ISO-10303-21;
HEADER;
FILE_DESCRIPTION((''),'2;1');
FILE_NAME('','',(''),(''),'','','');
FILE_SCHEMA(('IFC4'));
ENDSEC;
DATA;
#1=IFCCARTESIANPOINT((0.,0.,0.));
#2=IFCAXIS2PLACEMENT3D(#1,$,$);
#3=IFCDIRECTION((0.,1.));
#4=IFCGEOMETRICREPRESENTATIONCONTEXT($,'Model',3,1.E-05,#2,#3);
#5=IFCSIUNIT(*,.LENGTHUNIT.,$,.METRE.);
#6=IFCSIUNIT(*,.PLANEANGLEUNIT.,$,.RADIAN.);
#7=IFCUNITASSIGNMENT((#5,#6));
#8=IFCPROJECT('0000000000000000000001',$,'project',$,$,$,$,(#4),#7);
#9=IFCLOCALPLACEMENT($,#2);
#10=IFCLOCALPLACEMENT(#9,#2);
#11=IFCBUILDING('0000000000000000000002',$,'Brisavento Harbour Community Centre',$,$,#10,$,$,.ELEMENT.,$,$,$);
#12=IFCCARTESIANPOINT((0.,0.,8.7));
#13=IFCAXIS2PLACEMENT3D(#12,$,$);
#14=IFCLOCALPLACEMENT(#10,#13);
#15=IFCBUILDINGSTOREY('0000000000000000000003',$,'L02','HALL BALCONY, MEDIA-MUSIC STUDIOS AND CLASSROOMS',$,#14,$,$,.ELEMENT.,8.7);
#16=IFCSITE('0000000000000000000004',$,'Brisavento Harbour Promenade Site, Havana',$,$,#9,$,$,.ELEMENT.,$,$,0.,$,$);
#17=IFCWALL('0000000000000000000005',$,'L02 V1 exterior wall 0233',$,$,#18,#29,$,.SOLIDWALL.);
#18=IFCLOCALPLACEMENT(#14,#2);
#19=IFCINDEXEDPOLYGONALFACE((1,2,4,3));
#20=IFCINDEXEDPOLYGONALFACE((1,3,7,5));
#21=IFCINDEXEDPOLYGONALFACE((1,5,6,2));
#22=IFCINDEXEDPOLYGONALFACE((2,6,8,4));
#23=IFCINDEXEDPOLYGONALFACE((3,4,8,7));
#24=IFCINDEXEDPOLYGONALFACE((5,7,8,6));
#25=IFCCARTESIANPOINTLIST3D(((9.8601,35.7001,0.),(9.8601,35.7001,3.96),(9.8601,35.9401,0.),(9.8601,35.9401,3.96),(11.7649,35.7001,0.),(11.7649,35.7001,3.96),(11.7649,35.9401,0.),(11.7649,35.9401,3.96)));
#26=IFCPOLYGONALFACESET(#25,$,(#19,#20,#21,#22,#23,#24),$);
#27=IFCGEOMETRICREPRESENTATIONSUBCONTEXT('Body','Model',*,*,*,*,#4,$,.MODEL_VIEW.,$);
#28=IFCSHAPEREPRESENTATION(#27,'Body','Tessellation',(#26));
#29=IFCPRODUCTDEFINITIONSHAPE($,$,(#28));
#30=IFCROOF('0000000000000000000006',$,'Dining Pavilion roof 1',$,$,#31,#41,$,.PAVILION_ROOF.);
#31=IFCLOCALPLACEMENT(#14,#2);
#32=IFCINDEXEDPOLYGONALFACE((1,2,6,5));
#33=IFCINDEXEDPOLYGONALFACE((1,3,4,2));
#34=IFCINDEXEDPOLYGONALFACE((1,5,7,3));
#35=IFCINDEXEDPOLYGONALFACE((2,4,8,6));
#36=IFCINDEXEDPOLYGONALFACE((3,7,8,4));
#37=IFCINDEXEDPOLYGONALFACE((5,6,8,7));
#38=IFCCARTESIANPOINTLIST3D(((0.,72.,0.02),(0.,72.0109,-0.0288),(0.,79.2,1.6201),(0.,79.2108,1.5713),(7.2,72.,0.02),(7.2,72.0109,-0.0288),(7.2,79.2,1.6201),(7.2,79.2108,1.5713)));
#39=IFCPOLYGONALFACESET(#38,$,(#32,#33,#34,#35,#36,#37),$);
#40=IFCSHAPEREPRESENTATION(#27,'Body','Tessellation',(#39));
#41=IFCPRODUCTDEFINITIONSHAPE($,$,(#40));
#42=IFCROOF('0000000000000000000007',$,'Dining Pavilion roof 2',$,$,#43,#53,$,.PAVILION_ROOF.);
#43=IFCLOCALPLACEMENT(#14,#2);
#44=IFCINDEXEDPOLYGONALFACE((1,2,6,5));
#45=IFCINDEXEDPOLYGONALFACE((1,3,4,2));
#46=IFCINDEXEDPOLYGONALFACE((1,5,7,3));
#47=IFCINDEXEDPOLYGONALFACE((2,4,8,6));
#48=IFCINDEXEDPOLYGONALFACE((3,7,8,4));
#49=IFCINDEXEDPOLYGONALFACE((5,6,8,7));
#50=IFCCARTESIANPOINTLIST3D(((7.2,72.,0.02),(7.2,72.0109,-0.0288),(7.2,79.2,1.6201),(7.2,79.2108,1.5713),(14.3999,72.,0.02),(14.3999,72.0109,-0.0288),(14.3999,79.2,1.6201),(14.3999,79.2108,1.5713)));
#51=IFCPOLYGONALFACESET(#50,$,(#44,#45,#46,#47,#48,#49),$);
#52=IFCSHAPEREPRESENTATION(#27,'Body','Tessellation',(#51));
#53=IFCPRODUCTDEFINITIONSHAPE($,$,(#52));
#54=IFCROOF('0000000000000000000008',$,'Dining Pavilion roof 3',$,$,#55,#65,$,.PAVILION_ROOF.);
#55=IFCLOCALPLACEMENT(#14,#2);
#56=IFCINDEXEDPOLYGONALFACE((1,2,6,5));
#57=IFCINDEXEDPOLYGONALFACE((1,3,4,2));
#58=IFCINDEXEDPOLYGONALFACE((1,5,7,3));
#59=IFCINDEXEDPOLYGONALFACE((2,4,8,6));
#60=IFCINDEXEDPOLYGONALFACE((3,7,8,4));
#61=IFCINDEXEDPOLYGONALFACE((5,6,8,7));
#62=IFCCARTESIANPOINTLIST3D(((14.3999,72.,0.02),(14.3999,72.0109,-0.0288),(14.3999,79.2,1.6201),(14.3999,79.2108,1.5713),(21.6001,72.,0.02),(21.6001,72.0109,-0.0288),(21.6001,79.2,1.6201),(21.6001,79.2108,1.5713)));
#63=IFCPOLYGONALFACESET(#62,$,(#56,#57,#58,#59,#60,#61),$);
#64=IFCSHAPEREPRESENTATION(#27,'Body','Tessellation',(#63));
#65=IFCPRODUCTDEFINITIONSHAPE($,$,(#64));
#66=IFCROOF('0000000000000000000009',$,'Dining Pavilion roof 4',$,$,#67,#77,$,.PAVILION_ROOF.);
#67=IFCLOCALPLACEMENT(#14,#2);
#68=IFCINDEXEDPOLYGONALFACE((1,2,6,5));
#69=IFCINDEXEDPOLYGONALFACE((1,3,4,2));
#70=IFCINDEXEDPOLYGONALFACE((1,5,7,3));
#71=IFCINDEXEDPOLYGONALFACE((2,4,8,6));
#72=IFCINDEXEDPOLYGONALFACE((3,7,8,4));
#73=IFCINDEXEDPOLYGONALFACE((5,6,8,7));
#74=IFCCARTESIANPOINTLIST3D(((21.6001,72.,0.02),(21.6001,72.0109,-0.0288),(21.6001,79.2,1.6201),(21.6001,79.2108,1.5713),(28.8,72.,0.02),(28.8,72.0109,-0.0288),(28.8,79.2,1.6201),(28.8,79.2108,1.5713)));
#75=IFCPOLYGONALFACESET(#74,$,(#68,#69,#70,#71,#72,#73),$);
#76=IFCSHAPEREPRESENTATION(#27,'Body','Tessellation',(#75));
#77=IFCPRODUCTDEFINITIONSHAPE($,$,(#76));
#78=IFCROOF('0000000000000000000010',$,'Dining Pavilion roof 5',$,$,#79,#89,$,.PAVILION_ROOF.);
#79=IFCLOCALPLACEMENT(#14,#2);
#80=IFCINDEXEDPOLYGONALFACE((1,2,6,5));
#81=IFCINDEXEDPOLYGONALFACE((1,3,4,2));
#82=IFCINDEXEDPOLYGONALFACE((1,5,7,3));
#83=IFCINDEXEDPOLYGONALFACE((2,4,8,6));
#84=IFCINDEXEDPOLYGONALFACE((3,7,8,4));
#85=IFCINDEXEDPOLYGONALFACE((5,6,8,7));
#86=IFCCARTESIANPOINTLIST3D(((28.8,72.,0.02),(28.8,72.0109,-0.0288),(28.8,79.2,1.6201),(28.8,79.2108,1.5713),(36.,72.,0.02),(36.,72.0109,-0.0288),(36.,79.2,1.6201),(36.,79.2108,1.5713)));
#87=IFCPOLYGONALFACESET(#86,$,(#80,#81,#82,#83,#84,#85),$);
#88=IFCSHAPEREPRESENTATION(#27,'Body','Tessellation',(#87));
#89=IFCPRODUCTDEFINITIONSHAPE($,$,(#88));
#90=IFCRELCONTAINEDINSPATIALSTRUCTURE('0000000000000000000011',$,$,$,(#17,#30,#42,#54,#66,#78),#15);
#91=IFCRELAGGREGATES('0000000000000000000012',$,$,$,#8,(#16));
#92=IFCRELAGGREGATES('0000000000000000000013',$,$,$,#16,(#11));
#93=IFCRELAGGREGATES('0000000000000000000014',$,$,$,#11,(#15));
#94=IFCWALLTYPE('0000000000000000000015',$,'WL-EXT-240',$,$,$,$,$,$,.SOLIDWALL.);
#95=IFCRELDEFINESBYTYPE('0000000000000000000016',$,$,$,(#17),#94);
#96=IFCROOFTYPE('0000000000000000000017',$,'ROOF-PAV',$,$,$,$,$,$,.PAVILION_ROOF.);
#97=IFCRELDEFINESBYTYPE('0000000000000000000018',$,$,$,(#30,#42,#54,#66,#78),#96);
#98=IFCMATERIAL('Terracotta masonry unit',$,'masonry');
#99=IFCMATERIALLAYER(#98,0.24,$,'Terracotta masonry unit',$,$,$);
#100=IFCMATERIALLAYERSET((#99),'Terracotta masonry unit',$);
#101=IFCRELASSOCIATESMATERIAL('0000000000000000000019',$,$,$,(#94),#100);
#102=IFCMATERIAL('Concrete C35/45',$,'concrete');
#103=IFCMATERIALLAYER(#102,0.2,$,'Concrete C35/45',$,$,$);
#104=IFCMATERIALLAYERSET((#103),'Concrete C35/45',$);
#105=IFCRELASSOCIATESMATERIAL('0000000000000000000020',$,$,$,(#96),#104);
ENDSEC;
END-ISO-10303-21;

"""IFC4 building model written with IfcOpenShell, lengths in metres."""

from ifc_helpers import new_model, si_unit, direction, frame, frame_2d, origin, place, context, subcontext, project, spatial, polyline, rectangle, outline, extrude, material, layer, layer_set, type_object, element, save


model = new_model("IFC4")

# Units and contexts
model_context = context("Model", 3, precision=1e-05, world=origin(), true_north=direction((0.0, 1.0)))
body_context = subcontext(model_context, "Body", "Model", "MODEL_VIEW")
ifc_project = project(units=[si_unit("LENGTHUNIT", "METRE"), si_unit("PLANEANGLEUNIT", "RADIAN")], contexts=[model_context])

# Site, building, storey
site_placement = place(None, origin())
site = spatial("IfcSite", under=ifc_project, at=site_placement, Name="Brisavento Harbour Promenade Site, Havana", CompositionType="ELEMENT", RefElevation=0.0)
building_placement = place(site_placement, origin())
building = spatial("IfcBuilding", under=site, at=building_placement, Name="Brisavento Harbour Community Centre", CompositionType="ELEMENT")
storey_placement = place(building_placement, frame((0.0, 0.0, 8.7)))
storey = spatial("IfcBuildingStorey", under=building, at=storey_placement, Name="L02", Description="HALL BALCONY, MEDIA-MUSIC STUDIOS AND CLASSROOMS", CompositionType="ELEMENT", Elevation=8.7)

# Shared definitions
ifc_material_1 = material(Name="Concrete C35/45", Category="concrete")

# Wall
ifc_material_2 = material(Name="Terracotta masonry unit", Category="masonry")
ifc_layer_1 = layer(ifc_material_2, 0.24, Name="Terracotta masonry unit")
ifc_layer_set_1 = layer_set([ifc_layer_1], Name="Terracotta masonry unit")
wall_type = type_object("IfcWallType", Name="WL-EXT-240", PredefinedType="SOLIDWALL", material=ifc_layer_set_1)
wall_placement = place(storey_placement, frame((9.8601, 35.8201, 0.0), z_axis=(0.0, 0.0, 1.0), x_axis=(1.0, 0.0, 0.0)))
element("IfcWall", 1, at=wall_placement, inside=storey, type_object=wall_type, Name="L02 V1 exterior wall 0233", PredefinedType="SOLIDWALL", context=body_context, shape_type="SweptSolid", body=[
    extrude(rectangle(XDim=1.9048, YDim=0.24, at=frame_2d((0.9524, 0.0))), origin(), (0.0, 0.0, 1.0), 3.96),
])

# Roofs
ifc_layer_2 = layer(ifc_material_1, 0.2, Name="Concrete C35/45")
ifc_layer_set_2 = layer_set([ifc_layer_2], Name="Concrete C35/45")
roof_type = type_object("IfcRoofType", Name="ROOF-PAV", PredefinedType="PAVILION_ROOF", material=ifc_layer_set_2)
for number, where, z_axis, x_axis, name in (
    (2, (0.0, 72.0, 0.02), (0.0, -0.216944, 0.976184), (1.0, 0.0, 0.0), "Dining Pavilion roof 1"),
    (3, (7.2, 72.0, 0.02), (0.0, -0.216944, 0.976184), (1.0, 0.0, 0.0), "Dining Pavilion roof 2"),
):
    element("IfcRoof", number, at=place(storey_placement, frame(where, z_axis=z_axis, x_axis=x_axis)), inside=storey, type_object=roof_type, Name=name, PredefinedType="PAVILION_ROOF", context=body_context, shape_type="SweptSolid", body=[
        extrude(outline(polyline([(0.0, 0.0), (7.2, 0.0), (7.2, 7.3756), (0.0, 7.3756), (0.0, 0.0)])), origin(), (0.0, 0.0, -1.0), 0.05),
    ])
roof_placement = place(storey_placement, frame((14.3999, 72.0, 0.02), z_axis=(0.0, -0.216944, 0.976184), x_axis=(1.0, 0.0, 0.0)))
element("IfcRoof", 4, at=roof_placement, inside=storey, type_object=roof_type, Name="Dining Pavilion roof 3", PredefinedType="PAVILION_ROOF", context=body_context, shape_type="SweptSolid", body=[
    extrude(outline(polyline([(0.0, 0.0), (7.2002, 0.0), (7.2002, 7.3756), (0.0, 7.3756), (0.0, 0.0)])), origin(), (0.0, 0.0, -1.0), 0.05),
])
for number, where, z_axis, x_axis, name in (
    (5, (21.6001, 72.0, 0.02), (0.0, -0.216944, 0.976184), (1.0, 0.0, 0.0), "Dining Pavilion roof 4"),
    (6, (28.8, 72.0, 0.02), (0.0, -0.216944, 0.976184), (1.0, 0.0, 0.0), "Dining Pavilion roof 5"),
):
    element("IfcRoof", number, at=place(storey_placement, frame(where, z_axis=z_axis, x_axis=x_axis)), inside=storey, type_object=roof_type, Name=name, PredefinedType="PAVILION_ROOF", context=body_context, shape_type="SweptSolid", body=[
        extrude(outline(polyline([(0.0, 0.0), (7.2, 0.0), (7.2, 7.3756), (0.0, 7.3756), (0.0, 0.0)])), origin(), (0.0, 0.0, -1.0), 0.05),
    ])

save(model, "model.ifc")
